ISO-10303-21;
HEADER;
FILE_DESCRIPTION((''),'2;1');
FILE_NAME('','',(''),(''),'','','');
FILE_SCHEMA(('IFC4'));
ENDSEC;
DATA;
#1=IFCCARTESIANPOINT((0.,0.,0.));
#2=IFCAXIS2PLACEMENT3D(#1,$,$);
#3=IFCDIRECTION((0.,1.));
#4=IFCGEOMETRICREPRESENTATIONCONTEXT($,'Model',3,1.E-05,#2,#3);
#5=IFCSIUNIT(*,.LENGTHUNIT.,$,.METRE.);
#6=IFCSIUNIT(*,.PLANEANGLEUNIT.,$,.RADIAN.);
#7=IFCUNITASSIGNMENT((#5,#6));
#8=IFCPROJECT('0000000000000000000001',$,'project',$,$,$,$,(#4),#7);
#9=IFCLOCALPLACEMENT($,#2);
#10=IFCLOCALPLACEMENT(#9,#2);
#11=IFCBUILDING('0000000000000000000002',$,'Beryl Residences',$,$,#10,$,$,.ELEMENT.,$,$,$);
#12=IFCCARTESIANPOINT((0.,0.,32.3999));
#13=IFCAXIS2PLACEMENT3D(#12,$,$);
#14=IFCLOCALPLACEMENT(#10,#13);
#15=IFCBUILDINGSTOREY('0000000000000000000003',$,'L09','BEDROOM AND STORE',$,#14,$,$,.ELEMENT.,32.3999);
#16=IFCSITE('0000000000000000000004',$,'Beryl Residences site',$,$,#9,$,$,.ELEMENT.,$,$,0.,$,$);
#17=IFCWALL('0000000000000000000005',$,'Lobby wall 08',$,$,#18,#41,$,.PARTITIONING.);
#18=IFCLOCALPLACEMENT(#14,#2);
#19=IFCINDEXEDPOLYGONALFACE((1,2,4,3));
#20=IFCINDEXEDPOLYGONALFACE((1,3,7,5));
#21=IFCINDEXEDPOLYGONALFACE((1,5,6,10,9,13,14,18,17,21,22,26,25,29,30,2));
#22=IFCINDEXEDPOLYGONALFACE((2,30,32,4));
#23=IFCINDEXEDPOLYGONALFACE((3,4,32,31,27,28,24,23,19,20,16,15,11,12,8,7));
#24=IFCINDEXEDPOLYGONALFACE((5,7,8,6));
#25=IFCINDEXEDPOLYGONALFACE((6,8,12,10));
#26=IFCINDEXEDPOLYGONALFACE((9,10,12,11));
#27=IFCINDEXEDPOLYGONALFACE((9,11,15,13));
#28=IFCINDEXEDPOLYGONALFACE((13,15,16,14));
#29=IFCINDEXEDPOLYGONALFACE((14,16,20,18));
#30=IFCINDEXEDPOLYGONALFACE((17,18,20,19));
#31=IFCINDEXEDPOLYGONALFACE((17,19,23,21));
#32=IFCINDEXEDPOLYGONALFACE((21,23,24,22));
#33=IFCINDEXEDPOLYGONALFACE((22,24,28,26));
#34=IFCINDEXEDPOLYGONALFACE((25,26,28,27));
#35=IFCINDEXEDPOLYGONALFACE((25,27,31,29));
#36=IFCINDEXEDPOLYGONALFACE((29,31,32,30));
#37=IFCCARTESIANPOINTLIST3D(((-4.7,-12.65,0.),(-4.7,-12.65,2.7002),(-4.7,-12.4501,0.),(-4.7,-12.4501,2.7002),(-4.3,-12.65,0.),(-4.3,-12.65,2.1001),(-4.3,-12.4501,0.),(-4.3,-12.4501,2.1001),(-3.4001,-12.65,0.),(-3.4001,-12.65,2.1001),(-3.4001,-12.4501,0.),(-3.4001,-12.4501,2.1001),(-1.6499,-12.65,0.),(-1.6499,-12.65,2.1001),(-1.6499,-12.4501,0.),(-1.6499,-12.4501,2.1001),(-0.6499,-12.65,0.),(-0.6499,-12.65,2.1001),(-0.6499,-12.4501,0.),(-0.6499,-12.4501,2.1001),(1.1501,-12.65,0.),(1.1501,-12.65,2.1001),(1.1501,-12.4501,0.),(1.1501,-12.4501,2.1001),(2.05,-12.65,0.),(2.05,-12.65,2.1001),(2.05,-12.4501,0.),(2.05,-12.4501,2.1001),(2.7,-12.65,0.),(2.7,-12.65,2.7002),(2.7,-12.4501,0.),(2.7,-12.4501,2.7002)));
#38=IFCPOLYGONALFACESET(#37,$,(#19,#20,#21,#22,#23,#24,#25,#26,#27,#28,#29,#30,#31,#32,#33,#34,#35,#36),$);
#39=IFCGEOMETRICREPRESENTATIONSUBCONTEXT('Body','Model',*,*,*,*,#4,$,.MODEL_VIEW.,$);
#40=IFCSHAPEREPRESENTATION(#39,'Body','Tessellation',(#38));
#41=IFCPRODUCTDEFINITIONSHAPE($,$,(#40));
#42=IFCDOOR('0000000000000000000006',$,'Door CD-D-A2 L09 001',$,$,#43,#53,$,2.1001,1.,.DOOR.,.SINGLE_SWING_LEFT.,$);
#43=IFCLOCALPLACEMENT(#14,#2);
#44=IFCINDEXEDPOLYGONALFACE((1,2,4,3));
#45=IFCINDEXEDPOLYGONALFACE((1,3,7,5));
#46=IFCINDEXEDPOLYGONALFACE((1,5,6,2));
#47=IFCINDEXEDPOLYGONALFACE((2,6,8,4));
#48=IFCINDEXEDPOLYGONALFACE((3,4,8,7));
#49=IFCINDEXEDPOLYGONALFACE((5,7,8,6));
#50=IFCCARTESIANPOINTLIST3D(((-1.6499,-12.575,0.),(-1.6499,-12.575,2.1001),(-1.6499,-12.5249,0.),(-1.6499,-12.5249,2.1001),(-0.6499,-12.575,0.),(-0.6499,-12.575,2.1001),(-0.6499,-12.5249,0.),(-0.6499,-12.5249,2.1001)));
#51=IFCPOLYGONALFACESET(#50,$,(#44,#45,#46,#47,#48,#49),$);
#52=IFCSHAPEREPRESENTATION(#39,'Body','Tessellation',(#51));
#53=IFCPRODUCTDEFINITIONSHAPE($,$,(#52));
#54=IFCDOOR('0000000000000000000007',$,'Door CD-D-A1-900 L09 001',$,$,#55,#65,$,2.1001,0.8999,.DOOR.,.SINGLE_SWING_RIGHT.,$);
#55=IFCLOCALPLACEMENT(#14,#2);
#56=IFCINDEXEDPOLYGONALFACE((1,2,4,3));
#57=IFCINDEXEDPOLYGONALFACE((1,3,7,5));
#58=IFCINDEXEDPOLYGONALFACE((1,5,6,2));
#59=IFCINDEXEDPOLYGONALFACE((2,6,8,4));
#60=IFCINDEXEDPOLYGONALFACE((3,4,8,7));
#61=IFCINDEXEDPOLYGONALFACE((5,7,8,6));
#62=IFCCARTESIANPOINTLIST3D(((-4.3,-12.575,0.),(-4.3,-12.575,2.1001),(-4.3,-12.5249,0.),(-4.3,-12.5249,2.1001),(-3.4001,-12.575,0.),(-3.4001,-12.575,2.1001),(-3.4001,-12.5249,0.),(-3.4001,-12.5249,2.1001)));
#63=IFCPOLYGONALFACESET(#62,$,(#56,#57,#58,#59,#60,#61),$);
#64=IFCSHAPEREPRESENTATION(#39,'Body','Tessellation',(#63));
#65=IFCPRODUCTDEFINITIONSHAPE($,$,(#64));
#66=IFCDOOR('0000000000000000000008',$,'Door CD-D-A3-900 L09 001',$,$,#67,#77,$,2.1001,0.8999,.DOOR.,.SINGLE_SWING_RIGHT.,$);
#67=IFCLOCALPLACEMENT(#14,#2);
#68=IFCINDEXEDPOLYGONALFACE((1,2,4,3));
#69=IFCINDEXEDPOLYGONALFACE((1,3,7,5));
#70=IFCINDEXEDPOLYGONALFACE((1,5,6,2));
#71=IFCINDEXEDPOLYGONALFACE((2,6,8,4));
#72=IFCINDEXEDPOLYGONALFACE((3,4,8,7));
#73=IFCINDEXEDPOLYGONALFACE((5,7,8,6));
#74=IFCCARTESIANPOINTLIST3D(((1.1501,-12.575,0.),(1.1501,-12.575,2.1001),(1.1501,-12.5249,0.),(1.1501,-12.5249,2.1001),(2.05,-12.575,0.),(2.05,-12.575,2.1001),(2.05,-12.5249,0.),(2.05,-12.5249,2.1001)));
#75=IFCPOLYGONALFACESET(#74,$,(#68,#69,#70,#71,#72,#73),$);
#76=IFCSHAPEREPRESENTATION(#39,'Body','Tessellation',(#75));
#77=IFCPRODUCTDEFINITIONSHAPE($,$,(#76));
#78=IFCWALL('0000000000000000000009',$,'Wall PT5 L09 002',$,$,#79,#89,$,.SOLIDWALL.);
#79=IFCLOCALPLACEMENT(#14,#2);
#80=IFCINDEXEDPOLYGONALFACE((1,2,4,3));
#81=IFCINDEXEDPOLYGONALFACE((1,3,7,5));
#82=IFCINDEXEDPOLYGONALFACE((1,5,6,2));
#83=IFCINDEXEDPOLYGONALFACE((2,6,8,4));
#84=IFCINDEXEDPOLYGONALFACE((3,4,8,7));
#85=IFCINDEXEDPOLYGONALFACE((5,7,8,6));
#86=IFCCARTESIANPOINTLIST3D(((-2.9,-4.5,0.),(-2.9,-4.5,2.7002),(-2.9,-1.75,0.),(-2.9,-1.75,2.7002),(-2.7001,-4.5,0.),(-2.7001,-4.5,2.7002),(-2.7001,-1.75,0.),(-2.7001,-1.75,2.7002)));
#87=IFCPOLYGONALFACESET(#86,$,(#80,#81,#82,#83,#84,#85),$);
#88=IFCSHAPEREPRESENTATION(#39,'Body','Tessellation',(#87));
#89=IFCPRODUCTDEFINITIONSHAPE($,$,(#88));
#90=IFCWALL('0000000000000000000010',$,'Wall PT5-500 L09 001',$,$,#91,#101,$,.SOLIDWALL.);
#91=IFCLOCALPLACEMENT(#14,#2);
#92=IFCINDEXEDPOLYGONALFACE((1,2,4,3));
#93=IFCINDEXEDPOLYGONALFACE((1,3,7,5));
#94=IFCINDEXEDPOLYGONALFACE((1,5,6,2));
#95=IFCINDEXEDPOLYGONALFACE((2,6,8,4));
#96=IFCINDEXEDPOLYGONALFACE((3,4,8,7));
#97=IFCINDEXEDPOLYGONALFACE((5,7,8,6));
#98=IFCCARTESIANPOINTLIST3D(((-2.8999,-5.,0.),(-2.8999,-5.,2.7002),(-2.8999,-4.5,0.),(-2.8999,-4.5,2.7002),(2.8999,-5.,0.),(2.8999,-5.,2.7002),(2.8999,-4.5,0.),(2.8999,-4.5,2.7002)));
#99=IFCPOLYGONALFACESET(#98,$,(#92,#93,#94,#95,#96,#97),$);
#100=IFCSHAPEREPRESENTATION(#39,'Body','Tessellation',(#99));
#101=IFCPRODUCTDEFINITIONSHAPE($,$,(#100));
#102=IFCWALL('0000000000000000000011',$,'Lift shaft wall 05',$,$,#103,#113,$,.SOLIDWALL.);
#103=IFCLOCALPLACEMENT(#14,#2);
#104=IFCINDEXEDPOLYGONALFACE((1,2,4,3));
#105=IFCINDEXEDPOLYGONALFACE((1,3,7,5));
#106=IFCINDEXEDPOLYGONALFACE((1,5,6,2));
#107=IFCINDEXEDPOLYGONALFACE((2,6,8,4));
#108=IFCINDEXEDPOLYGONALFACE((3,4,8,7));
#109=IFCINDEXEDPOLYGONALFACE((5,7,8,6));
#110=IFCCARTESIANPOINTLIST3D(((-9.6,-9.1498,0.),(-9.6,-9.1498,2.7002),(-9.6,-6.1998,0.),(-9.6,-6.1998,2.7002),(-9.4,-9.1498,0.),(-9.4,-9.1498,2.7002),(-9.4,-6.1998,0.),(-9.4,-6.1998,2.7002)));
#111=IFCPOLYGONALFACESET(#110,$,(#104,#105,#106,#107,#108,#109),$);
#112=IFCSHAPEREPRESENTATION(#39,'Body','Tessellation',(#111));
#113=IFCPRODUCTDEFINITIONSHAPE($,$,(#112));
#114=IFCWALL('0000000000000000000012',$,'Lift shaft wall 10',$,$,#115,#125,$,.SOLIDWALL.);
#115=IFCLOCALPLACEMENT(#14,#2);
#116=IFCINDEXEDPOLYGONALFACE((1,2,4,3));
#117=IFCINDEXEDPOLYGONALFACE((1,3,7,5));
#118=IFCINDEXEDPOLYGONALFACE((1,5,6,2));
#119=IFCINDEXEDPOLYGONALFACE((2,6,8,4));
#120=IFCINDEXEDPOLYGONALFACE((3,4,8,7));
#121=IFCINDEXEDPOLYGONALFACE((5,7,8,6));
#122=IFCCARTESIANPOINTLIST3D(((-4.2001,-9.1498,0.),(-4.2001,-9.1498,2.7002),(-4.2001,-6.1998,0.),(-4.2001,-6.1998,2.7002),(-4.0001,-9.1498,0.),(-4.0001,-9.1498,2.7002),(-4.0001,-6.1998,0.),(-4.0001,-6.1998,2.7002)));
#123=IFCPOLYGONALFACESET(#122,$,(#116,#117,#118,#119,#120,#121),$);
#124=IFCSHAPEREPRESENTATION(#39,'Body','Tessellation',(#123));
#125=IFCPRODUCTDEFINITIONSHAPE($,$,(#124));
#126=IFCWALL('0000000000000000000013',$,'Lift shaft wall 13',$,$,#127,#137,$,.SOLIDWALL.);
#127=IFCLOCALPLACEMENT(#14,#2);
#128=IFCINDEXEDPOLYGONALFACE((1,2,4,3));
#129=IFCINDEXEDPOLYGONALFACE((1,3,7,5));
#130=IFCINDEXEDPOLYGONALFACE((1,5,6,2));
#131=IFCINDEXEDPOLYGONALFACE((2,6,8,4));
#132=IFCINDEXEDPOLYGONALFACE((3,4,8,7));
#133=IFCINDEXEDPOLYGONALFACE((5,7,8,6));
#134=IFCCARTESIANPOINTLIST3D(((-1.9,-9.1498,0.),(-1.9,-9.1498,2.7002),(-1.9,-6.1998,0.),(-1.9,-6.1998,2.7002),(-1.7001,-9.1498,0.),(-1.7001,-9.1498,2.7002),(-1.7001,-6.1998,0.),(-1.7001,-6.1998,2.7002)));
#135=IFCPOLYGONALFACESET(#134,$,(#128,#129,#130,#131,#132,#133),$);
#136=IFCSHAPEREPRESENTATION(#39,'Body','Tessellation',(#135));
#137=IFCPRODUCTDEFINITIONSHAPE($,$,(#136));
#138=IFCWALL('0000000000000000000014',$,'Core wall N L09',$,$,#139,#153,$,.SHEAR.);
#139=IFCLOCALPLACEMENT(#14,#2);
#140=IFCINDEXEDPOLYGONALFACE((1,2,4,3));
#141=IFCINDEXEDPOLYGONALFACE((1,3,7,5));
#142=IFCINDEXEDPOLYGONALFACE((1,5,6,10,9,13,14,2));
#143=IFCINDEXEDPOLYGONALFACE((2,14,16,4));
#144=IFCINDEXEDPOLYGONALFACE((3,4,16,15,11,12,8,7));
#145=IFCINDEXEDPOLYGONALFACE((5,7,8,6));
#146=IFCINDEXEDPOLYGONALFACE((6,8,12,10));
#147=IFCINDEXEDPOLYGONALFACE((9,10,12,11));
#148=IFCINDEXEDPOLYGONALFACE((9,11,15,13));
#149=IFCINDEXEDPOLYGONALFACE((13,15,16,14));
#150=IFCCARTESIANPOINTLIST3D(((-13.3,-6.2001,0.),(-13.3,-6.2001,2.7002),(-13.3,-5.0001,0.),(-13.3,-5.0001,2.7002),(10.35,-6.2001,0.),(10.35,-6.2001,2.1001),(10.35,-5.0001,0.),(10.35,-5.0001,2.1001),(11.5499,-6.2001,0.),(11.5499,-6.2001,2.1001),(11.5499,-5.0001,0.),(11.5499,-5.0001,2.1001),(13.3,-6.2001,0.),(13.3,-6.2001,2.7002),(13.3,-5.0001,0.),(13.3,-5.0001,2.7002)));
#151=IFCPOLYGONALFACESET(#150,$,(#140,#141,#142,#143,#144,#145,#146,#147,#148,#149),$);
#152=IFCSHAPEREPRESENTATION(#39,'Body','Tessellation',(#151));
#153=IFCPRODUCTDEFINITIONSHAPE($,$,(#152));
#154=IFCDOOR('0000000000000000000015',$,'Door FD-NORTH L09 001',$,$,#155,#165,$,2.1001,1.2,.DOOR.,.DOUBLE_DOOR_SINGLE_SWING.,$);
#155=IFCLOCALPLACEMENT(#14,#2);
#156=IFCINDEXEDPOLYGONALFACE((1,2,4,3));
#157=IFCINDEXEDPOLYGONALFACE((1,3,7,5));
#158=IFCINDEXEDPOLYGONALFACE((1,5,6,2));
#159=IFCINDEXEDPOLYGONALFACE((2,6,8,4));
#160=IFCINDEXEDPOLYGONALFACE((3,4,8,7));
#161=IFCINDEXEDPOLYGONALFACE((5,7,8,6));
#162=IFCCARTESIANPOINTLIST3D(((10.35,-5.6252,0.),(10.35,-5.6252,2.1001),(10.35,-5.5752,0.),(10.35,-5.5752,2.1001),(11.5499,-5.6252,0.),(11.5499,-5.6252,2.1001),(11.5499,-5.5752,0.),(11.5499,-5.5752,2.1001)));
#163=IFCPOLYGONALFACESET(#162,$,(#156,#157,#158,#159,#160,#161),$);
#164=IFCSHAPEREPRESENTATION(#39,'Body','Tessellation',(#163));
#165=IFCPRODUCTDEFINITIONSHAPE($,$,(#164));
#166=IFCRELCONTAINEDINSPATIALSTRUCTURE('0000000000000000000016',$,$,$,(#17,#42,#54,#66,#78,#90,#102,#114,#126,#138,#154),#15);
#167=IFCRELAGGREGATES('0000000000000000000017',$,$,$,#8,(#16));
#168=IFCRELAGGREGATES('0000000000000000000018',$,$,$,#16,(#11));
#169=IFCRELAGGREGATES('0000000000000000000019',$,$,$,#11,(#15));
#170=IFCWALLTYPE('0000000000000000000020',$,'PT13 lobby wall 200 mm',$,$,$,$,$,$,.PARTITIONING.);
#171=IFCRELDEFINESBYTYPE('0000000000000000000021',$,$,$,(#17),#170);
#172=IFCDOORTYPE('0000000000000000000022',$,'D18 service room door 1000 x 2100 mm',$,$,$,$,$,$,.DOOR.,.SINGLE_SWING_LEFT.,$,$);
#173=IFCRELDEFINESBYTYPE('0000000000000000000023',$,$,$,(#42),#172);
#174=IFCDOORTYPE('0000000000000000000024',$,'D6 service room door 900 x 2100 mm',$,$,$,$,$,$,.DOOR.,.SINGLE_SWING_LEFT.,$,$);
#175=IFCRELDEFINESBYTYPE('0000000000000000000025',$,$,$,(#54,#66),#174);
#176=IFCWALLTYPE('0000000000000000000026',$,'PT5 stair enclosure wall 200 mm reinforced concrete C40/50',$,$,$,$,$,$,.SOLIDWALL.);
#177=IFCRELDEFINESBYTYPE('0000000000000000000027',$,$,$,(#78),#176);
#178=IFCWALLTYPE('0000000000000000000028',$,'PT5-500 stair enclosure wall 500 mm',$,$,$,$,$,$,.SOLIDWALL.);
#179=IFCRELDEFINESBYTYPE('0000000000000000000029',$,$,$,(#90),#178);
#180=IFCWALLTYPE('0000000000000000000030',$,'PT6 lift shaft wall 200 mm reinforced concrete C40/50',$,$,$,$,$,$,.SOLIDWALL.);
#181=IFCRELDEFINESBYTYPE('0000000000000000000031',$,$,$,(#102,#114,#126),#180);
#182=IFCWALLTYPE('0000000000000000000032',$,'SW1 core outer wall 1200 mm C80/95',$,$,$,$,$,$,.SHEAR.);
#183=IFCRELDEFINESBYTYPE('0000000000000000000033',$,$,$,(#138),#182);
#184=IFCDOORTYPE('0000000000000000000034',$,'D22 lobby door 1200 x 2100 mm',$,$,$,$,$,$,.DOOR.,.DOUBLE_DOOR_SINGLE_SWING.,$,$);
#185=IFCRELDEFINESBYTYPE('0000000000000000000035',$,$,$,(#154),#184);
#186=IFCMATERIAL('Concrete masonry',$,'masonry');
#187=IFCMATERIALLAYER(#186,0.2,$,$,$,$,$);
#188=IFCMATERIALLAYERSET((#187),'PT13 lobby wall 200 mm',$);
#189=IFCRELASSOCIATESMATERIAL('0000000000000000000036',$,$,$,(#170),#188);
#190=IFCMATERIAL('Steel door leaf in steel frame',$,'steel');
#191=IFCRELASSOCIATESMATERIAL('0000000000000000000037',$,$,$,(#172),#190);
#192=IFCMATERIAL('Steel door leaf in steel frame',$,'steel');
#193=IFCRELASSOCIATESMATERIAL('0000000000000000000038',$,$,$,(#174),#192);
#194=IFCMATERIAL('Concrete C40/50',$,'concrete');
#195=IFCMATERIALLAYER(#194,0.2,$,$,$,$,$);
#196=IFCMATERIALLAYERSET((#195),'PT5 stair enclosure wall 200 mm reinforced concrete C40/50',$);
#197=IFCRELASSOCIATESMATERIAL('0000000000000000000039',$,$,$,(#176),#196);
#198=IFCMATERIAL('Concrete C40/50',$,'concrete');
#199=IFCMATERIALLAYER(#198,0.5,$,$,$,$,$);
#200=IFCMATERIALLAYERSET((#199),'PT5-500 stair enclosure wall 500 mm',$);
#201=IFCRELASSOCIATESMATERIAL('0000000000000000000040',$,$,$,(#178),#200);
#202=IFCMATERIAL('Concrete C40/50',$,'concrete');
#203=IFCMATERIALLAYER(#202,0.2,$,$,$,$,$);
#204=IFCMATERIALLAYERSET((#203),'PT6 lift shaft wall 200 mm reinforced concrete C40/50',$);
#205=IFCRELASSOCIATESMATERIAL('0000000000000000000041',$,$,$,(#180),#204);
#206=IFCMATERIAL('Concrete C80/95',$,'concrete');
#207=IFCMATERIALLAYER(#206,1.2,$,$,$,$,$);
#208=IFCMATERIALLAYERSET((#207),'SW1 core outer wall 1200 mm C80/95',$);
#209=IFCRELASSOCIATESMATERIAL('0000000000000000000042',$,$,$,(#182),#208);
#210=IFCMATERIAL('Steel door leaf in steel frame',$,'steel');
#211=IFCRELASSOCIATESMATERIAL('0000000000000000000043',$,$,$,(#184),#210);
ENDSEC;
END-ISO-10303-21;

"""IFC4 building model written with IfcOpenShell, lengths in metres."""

from ifc_helpers import new_model, si_unit, direction, frame, frame_2d, origin, place, context, subcontext, project, spatial, rectangle, extrude, material, layer, layer_set, type_object, element, fill, save


model = new_model("IFC4")

# Units and contexts
model_context = context("Model", 3, precision=1e-05, world=origin(), true_north=direction((0.0, 1.0)))
body_context = subcontext(model_context, "Body", "Model", "MODEL_VIEW")
ifc_project = project(units=[si_unit("LENGTHUNIT", "METRE"), si_unit("PLANEANGLEUNIT", "RADIAN")], contexts=[model_context])

# Site, building, storey
site_placement = place(None, origin())
site = spatial("IfcSite", under=ifc_project, at=site_placement, Name="Beryl Residences site", CompositionType="ELEMENT", RefElevation=0.0)
building_placement = place(site_placement, origin())
building = spatial("IfcBuilding", under=site, at=building_placement, Name="Beryl Residences", CompositionType="ELEMENT")
storey_placement = place(building_placement, frame((0.0, 0.0, 32.3999)))
storey = spatial("IfcBuildingStorey", under=building, at=storey_placement, Name="L09", Description="BEDROOM AND STORE", CompositionType="ELEMENT", Elevation=32.3999)

# Wall, openings, doors
ifc_material_1 = material(Name="Concrete masonry", Category="masonry")
ifc_layer_1 = layer(ifc_material_1, 0.2)
ifc_layer_set_1 = layer_set([ifc_layer_1], Name="PT13 lobby wall 200 mm")
wall_type_1 = type_object("IfcWallType", Name="PT13 lobby wall 200 mm", PredefinedType="PARTITIONING", material=ifc_layer_set_1)
wall_1_placement = place(storey_placement, frame((-4.7, -12.55, 0.0), z_axis=(0.0, 0.0, 1.0), x_axis=(1.0, 0.0, 0.0)))
wall_1 = element("IfcWall", 1, at=wall_1_placement, inside=storey, type_object=wall_type_1, Name="Lobby wall 08", PredefinedType="PARTITIONING", context=body_context, shape_type="SweptSolid", body=[
    extrude(rectangle(XDim=7.3999, YDim=0.2, at=frame_2d((3.7, 0.0))), origin(), (0.0, 0.0, 1.0), 2.7002),
])
opening_1_placement = place(wall_1_placement, frame((1.2998, 0.0, 0.0), z_axis=(0.0, 0.0, 1.0), x_axis=(-1.0, 0.0, 0.0)))
opening_1 = element("IfcOpeningElement", 2, at=opening_1_placement, cuts=wall_1, PredefinedType="OPENING", context=body_context, shape_type="SweptSolid", body=[
    extrude(rectangle(XDim=0.8999, YDim=2.1001, at=frame_2d((0.45, 1.05))), frame((0.0, 0.1099, 0.0), z_axis=(0.0, -1.0, 0.0), x_axis=(1.0, 0.0, 0.0)), (0.0, 0.0, 1.0), 0.22),
])
opening_2_placement = place(wall_1_placement, frame((4.05, 0.0, 0.0), z_axis=(0.0, 0.0, 1.0), x_axis=(-1.0, 0.0, 0.0)))
opening_2 = element("IfcOpeningElement", 3, at=opening_2_placement, cuts=wall_1, PredefinedType="OPENING", context=body_context, shape_type="SweptSolid", body=[
    extrude(rectangle(XDim=1.0, YDim=2.1001, at=frame_2d((0.5, 1.05))), frame((0.0, 0.1099, 0.0), z_axis=(0.0, -1.0, 0.0), x_axis=(1.0, 0.0, 0.0)), (0.0, 0.0, 1.0), 0.22),
])
opening_3_placement = place(wall_1_placement, frame((6.75, 0.0, 0.0), z_axis=(0.0, 0.0, 1.0), x_axis=(-1.0, 0.0, 0.0)))
opening_3 = element("IfcOpeningElement", 4, at=opening_3_placement, cuts=wall_1, PredefinedType="OPENING", context=body_context, shape_type="SweptSolid", body=[
    extrude(rectangle(XDim=0.8999, YDim=2.1001, at=frame_2d((0.45, 1.05))), frame((0.0, 0.1099, 0.0), z_axis=(0.0, -1.0, 0.0), x_axis=(1.0, 0.0, 0.0)), (0.0, 0.0, 1.0), 0.22),
])
ifc_material_2 = material(Name="Steel door leaf in steel frame", Category="steel")
door_type_1 = type_object("IfcDoorType", Name="D18 service room door 1000 x 2100 mm", OperationType="SINGLE_SWING_LEFT", PredefinedType="DOOR", material=ifc_material_2)
door_1_placement = place(opening_2_placement, origin())
door_1 = element("IfcDoor", 5, at=door_1_placement, inside=storey, type_object=door_type_1, Name="Door CD-D-A2 L09 001", OperationType="SINGLE_SWING_LEFT", OverallHeight=2.1001, OverallWidth=1.0, PredefinedType="DOOR", context=body_context, shape_type="SweptSolid", body=[
    extrude(rectangle(XDim=1.0, YDim=2.1001, at=frame_2d((0.5, 1.05))), frame((0.0, 0.0249, 0.0), z_axis=(0.0, -1.0, 0.0), x_axis=(1.0, 0.0, 0.0)), (0.0, 0.0, 1.0), 0.05),
])
fill(opening_2, door_1)
ifc_material_3 = material(Name="Steel door leaf in steel frame", Category="steel")
door_type_2 = type_object("IfcDoorType", Name="D6 service room door 900 x 2100 mm", OperationType="SINGLE_SWING_LEFT", PredefinedType="DOOR", material=ifc_material_3)
door_2_placement = place(opening_1_placement, origin())
door_2 = element("IfcDoor", 6, at=door_2_placement, inside=storey, type_object=door_type_2, Name="Door CD-D-A1-900 L09 001", OperationType="SINGLE_SWING_RIGHT", OverallHeight=2.1001, OverallWidth=0.8999, PredefinedType="DOOR", context=body_context, shape_type="SweptSolid", body=[
    extrude(rectangle(XDim=0.8999, YDim=2.1001, at=frame_2d((0.45, 1.05))), frame((0.0, 0.0249, 0.0), z_axis=(0.0, -1.0, 0.0), x_axis=(1.0, 0.0, 0.0)), (0.0, 0.0, 1.0), 0.05),
])
fill(opening_1, door_2)
door_3_placement = place(opening_3_placement, origin())
door_3 = element("IfcDoor", 7, at=door_3_placement, inside=storey, type_object=door_type_2, Name="Door CD-D-A3-900 L09 001", OperationType="SINGLE_SWING_RIGHT", OverallHeight=2.1001, OverallWidth=0.8999, PredefinedType="DOOR", context=body_context, shape_type="SweptSolid", body=[
    extrude(rectangle(XDim=0.8999, YDim=2.1001, at=frame_2d((0.45, 1.05))), frame((0.0, 0.0249, 0.0), z_axis=(0.0, -1.0, 0.0), x_axis=(1.0, 0.0, 0.0)), (0.0, 0.0, 1.0), 0.05),
])
fill(opening_3, door_3)

# Walls
ifc_material_4 = material(Name="Concrete C40/50", Category="concrete")
ifc_layer_2 = layer(ifc_material_4, 0.2)
ifc_layer_set_2 = layer_set([ifc_layer_2], Name="PT5 stair enclosure wall 200 mm reinforced concrete C40/50")
wall_type_2 = type_object("IfcWallType", Name="PT5 stair enclosure wall 200 mm reinforced concrete C40/50", PredefinedType="SOLIDWALL", material=ifc_layer_set_2)
wall_2_placement = place(storey_placement, frame((-2.8, -4.5, 0.0), z_axis=(0.0, 0.0, 1.0), x_axis=(0.0, 1.0, 0.0)))
element("IfcWall", 8, at=wall_2_placement, inside=storey, type_object=wall_type_2, Name="Wall PT5 L09 002", PredefinedType="SOLIDWALL", context=body_context, shape_type="SweptSolid", body=[
    extrude(rectangle(XDim=2.75, YDim=0.2, at=frame_2d((1.375, 0.0))), origin(), (0.0, 0.0, 1.0), 2.7002),
])
ifc_material_5 = material(Name="Concrete C40/50", Category="concrete")
ifc_layer_3 = layer(ifc_material_5, 0.5)
ifc_layer_set_3 = layer_set([ifc_layer_3], Name="PT5-500 stair enclosure wall 500 mm")
wall_type_3 = type_object("IfcWallType", Name="PT5-500 stair enclosure wall 500 mm", PredefinedType="SOLIDWALL", material=ifc_layer_set_3)
wall_3_placement = place(storey_placement, frame((-2.8999, -4.75, 0.0), z_axis=(0.0, 0.0, 1.0), x_axis=(1.0, 0.0, 0.0)))
element("IfcWall", 9, at=wall_3_placement, inside=storey, type_object=wall_type_3, Name="Wall PT5-500 L09 001", PredefinedType="SOLIDWALL", context=body_context, shape_type="SweptSolid", body=[
    extrude(rectangle(XDim=5.7998, YDim=0.5, at=frame_2d((2.8999, 0.0))), origin(), (0.0, 0.0, 1.0), 2.7002),
])
ifc_material_6 = material(Name="Concrete C40/50", Category="concrete")
ifc_layer_4 = layer(ifc_material_6, 0.2)
ifc_layer_set_4 = layer_set([ifc_layer_4], Name="PT6 lift shaft wall 200 mm reinforced concrete C40/50")
wall_type_4 = type_object("IfcWallType", Name="PT6 lift shaft wall 200 mm reinforced concrete C40/50", PredefinedType="SOLIDWALL", material=ifc_layer_set_4)
for number, where, z_axis, x_axis, name in (
    (10, (-9.5, -9.1499, 0.0), (0.0, 0.0, 1.0), (0.0, 1.0, 0.0), "Lift shaft wall 05"),
    (11, (-4.1001, -9.1499, 0.0), (0.0, 0.0, 1.0), (0.0, 1.0, 0.0), "Lift shaft wall 10"),
    (12, (-1.8, -9.1499, 0.0), (0.0, 0.0, 1.0), (0.0, 1.0, 0.0), "Lift shaft wall 13"),
):
    element("IfcWall", number, at=place(storey_placement, frame(where, z_axis=z_axis, x_axis=x_axis)), inside=storey, type_object=wall_type_4, Name=name, PredefinedType="SOLIDWALL", context=body_context, shape_type="SweptSolid", body=[
        extrude(rectangle(XDim=2.95, YDim=0.2, at=frame_2d((1.4751, 0.0))), origin(), (0.0, 0.0, 1.0), 2.7002),
    ])

# Wall, opening, door
ifc_material_7 = material(Name="Concrete C80/95", Category="concrete")
ifc_layer_5 = layer(ifc_material_7, 1.2)
ifc_layer_set_5 = layer_set([ifc_layer_5], Name="SW1 core outer wall 1200 mm C80/95")
wall_type_5 = type_object("IfcWallType", Name="SW1 core outer wall 1200 mm C80/95", PredefinedType="SHEAR", material=ifc_layer_set_5)
wall_4_placement = place(storey_placement, frame((-13.3, -5.6001, 0.0), z_axis=(0.0, 0.0, 1.0), x_axis=(1.0, 0.0, 0.0)))
wall_4 = element("IfcWall", 13, at=wall_4_placement, inside=storey, type_object=wall_type_5, Name="Core wall N L09", PredefinedType="SHEAR", context=body_context, shape_type="SweptSolid", body=[
    extrude(rectangle(XDim=26.6001, YDim=1.2, at=frame_2d((13.3, 0.0))), origin(), (0.0, 0.0, 1.0), 2.7002),
])
opening_4_placement = place(wall_4_placement, frame((23.6499, 0.0, 0.0)))
opening_4 = element("IfcOpeningElement", 14, at=opening_4_placement, cuts=wall_4, PredefinedType="OPENING", context=body_context, shape_type="SweptSolid", body=[
    extrude(rectangle(XDim=1.2, YDim=2.1001, at=frame_2d((0.6001, 1.05))), frame((0.0, 0.6099, 0.0), z_axis=(0.0, -1.0, 0.0), x_axis=(1.0, 0.0, 0.0)), (0.0, 0.0, 1.0), 1.22),
])
ifc_material_8 = material(Name="Steel door leaf in steel frame", Category="steel")
door_type_3 = type_object("IfcDoorType", Name="D22 lobby door 1200 x 2100 mm", OperationType="DOUBLE_DOOR_SINGLE_SWING", PredefinedType="DOOR", material=ifc_material_8)
door_4_placement = place(opening_4_placement, origin())
door_4 = element("IfcDoor", 15, at=door_4_placement, inside=storey, type_object=door_type_3, Name="Door FD-NORTH L09 001", OperationType="DOUBLE_DOOR_SINGLE_SWING", OverallHeight=2.1001, OverallWidth=1.2, PredefinedType="DOOR", context=body_context, shape_type="SweptSolid", body=[
    extrude(rectangle(XDim=1.2, YDim=2.1001, at=frame_2d((0.6001, 1.05))), frame((0.0, 0.0249, 0.0), z_axis=(0.0, -1.0, 0.0), x_axis=(1.0, 0.0, 0.0)), (0.0, 0.0, 1.0), 0.05),
])
fill(opening_4, door_4)

save(model, "model.ifc")
